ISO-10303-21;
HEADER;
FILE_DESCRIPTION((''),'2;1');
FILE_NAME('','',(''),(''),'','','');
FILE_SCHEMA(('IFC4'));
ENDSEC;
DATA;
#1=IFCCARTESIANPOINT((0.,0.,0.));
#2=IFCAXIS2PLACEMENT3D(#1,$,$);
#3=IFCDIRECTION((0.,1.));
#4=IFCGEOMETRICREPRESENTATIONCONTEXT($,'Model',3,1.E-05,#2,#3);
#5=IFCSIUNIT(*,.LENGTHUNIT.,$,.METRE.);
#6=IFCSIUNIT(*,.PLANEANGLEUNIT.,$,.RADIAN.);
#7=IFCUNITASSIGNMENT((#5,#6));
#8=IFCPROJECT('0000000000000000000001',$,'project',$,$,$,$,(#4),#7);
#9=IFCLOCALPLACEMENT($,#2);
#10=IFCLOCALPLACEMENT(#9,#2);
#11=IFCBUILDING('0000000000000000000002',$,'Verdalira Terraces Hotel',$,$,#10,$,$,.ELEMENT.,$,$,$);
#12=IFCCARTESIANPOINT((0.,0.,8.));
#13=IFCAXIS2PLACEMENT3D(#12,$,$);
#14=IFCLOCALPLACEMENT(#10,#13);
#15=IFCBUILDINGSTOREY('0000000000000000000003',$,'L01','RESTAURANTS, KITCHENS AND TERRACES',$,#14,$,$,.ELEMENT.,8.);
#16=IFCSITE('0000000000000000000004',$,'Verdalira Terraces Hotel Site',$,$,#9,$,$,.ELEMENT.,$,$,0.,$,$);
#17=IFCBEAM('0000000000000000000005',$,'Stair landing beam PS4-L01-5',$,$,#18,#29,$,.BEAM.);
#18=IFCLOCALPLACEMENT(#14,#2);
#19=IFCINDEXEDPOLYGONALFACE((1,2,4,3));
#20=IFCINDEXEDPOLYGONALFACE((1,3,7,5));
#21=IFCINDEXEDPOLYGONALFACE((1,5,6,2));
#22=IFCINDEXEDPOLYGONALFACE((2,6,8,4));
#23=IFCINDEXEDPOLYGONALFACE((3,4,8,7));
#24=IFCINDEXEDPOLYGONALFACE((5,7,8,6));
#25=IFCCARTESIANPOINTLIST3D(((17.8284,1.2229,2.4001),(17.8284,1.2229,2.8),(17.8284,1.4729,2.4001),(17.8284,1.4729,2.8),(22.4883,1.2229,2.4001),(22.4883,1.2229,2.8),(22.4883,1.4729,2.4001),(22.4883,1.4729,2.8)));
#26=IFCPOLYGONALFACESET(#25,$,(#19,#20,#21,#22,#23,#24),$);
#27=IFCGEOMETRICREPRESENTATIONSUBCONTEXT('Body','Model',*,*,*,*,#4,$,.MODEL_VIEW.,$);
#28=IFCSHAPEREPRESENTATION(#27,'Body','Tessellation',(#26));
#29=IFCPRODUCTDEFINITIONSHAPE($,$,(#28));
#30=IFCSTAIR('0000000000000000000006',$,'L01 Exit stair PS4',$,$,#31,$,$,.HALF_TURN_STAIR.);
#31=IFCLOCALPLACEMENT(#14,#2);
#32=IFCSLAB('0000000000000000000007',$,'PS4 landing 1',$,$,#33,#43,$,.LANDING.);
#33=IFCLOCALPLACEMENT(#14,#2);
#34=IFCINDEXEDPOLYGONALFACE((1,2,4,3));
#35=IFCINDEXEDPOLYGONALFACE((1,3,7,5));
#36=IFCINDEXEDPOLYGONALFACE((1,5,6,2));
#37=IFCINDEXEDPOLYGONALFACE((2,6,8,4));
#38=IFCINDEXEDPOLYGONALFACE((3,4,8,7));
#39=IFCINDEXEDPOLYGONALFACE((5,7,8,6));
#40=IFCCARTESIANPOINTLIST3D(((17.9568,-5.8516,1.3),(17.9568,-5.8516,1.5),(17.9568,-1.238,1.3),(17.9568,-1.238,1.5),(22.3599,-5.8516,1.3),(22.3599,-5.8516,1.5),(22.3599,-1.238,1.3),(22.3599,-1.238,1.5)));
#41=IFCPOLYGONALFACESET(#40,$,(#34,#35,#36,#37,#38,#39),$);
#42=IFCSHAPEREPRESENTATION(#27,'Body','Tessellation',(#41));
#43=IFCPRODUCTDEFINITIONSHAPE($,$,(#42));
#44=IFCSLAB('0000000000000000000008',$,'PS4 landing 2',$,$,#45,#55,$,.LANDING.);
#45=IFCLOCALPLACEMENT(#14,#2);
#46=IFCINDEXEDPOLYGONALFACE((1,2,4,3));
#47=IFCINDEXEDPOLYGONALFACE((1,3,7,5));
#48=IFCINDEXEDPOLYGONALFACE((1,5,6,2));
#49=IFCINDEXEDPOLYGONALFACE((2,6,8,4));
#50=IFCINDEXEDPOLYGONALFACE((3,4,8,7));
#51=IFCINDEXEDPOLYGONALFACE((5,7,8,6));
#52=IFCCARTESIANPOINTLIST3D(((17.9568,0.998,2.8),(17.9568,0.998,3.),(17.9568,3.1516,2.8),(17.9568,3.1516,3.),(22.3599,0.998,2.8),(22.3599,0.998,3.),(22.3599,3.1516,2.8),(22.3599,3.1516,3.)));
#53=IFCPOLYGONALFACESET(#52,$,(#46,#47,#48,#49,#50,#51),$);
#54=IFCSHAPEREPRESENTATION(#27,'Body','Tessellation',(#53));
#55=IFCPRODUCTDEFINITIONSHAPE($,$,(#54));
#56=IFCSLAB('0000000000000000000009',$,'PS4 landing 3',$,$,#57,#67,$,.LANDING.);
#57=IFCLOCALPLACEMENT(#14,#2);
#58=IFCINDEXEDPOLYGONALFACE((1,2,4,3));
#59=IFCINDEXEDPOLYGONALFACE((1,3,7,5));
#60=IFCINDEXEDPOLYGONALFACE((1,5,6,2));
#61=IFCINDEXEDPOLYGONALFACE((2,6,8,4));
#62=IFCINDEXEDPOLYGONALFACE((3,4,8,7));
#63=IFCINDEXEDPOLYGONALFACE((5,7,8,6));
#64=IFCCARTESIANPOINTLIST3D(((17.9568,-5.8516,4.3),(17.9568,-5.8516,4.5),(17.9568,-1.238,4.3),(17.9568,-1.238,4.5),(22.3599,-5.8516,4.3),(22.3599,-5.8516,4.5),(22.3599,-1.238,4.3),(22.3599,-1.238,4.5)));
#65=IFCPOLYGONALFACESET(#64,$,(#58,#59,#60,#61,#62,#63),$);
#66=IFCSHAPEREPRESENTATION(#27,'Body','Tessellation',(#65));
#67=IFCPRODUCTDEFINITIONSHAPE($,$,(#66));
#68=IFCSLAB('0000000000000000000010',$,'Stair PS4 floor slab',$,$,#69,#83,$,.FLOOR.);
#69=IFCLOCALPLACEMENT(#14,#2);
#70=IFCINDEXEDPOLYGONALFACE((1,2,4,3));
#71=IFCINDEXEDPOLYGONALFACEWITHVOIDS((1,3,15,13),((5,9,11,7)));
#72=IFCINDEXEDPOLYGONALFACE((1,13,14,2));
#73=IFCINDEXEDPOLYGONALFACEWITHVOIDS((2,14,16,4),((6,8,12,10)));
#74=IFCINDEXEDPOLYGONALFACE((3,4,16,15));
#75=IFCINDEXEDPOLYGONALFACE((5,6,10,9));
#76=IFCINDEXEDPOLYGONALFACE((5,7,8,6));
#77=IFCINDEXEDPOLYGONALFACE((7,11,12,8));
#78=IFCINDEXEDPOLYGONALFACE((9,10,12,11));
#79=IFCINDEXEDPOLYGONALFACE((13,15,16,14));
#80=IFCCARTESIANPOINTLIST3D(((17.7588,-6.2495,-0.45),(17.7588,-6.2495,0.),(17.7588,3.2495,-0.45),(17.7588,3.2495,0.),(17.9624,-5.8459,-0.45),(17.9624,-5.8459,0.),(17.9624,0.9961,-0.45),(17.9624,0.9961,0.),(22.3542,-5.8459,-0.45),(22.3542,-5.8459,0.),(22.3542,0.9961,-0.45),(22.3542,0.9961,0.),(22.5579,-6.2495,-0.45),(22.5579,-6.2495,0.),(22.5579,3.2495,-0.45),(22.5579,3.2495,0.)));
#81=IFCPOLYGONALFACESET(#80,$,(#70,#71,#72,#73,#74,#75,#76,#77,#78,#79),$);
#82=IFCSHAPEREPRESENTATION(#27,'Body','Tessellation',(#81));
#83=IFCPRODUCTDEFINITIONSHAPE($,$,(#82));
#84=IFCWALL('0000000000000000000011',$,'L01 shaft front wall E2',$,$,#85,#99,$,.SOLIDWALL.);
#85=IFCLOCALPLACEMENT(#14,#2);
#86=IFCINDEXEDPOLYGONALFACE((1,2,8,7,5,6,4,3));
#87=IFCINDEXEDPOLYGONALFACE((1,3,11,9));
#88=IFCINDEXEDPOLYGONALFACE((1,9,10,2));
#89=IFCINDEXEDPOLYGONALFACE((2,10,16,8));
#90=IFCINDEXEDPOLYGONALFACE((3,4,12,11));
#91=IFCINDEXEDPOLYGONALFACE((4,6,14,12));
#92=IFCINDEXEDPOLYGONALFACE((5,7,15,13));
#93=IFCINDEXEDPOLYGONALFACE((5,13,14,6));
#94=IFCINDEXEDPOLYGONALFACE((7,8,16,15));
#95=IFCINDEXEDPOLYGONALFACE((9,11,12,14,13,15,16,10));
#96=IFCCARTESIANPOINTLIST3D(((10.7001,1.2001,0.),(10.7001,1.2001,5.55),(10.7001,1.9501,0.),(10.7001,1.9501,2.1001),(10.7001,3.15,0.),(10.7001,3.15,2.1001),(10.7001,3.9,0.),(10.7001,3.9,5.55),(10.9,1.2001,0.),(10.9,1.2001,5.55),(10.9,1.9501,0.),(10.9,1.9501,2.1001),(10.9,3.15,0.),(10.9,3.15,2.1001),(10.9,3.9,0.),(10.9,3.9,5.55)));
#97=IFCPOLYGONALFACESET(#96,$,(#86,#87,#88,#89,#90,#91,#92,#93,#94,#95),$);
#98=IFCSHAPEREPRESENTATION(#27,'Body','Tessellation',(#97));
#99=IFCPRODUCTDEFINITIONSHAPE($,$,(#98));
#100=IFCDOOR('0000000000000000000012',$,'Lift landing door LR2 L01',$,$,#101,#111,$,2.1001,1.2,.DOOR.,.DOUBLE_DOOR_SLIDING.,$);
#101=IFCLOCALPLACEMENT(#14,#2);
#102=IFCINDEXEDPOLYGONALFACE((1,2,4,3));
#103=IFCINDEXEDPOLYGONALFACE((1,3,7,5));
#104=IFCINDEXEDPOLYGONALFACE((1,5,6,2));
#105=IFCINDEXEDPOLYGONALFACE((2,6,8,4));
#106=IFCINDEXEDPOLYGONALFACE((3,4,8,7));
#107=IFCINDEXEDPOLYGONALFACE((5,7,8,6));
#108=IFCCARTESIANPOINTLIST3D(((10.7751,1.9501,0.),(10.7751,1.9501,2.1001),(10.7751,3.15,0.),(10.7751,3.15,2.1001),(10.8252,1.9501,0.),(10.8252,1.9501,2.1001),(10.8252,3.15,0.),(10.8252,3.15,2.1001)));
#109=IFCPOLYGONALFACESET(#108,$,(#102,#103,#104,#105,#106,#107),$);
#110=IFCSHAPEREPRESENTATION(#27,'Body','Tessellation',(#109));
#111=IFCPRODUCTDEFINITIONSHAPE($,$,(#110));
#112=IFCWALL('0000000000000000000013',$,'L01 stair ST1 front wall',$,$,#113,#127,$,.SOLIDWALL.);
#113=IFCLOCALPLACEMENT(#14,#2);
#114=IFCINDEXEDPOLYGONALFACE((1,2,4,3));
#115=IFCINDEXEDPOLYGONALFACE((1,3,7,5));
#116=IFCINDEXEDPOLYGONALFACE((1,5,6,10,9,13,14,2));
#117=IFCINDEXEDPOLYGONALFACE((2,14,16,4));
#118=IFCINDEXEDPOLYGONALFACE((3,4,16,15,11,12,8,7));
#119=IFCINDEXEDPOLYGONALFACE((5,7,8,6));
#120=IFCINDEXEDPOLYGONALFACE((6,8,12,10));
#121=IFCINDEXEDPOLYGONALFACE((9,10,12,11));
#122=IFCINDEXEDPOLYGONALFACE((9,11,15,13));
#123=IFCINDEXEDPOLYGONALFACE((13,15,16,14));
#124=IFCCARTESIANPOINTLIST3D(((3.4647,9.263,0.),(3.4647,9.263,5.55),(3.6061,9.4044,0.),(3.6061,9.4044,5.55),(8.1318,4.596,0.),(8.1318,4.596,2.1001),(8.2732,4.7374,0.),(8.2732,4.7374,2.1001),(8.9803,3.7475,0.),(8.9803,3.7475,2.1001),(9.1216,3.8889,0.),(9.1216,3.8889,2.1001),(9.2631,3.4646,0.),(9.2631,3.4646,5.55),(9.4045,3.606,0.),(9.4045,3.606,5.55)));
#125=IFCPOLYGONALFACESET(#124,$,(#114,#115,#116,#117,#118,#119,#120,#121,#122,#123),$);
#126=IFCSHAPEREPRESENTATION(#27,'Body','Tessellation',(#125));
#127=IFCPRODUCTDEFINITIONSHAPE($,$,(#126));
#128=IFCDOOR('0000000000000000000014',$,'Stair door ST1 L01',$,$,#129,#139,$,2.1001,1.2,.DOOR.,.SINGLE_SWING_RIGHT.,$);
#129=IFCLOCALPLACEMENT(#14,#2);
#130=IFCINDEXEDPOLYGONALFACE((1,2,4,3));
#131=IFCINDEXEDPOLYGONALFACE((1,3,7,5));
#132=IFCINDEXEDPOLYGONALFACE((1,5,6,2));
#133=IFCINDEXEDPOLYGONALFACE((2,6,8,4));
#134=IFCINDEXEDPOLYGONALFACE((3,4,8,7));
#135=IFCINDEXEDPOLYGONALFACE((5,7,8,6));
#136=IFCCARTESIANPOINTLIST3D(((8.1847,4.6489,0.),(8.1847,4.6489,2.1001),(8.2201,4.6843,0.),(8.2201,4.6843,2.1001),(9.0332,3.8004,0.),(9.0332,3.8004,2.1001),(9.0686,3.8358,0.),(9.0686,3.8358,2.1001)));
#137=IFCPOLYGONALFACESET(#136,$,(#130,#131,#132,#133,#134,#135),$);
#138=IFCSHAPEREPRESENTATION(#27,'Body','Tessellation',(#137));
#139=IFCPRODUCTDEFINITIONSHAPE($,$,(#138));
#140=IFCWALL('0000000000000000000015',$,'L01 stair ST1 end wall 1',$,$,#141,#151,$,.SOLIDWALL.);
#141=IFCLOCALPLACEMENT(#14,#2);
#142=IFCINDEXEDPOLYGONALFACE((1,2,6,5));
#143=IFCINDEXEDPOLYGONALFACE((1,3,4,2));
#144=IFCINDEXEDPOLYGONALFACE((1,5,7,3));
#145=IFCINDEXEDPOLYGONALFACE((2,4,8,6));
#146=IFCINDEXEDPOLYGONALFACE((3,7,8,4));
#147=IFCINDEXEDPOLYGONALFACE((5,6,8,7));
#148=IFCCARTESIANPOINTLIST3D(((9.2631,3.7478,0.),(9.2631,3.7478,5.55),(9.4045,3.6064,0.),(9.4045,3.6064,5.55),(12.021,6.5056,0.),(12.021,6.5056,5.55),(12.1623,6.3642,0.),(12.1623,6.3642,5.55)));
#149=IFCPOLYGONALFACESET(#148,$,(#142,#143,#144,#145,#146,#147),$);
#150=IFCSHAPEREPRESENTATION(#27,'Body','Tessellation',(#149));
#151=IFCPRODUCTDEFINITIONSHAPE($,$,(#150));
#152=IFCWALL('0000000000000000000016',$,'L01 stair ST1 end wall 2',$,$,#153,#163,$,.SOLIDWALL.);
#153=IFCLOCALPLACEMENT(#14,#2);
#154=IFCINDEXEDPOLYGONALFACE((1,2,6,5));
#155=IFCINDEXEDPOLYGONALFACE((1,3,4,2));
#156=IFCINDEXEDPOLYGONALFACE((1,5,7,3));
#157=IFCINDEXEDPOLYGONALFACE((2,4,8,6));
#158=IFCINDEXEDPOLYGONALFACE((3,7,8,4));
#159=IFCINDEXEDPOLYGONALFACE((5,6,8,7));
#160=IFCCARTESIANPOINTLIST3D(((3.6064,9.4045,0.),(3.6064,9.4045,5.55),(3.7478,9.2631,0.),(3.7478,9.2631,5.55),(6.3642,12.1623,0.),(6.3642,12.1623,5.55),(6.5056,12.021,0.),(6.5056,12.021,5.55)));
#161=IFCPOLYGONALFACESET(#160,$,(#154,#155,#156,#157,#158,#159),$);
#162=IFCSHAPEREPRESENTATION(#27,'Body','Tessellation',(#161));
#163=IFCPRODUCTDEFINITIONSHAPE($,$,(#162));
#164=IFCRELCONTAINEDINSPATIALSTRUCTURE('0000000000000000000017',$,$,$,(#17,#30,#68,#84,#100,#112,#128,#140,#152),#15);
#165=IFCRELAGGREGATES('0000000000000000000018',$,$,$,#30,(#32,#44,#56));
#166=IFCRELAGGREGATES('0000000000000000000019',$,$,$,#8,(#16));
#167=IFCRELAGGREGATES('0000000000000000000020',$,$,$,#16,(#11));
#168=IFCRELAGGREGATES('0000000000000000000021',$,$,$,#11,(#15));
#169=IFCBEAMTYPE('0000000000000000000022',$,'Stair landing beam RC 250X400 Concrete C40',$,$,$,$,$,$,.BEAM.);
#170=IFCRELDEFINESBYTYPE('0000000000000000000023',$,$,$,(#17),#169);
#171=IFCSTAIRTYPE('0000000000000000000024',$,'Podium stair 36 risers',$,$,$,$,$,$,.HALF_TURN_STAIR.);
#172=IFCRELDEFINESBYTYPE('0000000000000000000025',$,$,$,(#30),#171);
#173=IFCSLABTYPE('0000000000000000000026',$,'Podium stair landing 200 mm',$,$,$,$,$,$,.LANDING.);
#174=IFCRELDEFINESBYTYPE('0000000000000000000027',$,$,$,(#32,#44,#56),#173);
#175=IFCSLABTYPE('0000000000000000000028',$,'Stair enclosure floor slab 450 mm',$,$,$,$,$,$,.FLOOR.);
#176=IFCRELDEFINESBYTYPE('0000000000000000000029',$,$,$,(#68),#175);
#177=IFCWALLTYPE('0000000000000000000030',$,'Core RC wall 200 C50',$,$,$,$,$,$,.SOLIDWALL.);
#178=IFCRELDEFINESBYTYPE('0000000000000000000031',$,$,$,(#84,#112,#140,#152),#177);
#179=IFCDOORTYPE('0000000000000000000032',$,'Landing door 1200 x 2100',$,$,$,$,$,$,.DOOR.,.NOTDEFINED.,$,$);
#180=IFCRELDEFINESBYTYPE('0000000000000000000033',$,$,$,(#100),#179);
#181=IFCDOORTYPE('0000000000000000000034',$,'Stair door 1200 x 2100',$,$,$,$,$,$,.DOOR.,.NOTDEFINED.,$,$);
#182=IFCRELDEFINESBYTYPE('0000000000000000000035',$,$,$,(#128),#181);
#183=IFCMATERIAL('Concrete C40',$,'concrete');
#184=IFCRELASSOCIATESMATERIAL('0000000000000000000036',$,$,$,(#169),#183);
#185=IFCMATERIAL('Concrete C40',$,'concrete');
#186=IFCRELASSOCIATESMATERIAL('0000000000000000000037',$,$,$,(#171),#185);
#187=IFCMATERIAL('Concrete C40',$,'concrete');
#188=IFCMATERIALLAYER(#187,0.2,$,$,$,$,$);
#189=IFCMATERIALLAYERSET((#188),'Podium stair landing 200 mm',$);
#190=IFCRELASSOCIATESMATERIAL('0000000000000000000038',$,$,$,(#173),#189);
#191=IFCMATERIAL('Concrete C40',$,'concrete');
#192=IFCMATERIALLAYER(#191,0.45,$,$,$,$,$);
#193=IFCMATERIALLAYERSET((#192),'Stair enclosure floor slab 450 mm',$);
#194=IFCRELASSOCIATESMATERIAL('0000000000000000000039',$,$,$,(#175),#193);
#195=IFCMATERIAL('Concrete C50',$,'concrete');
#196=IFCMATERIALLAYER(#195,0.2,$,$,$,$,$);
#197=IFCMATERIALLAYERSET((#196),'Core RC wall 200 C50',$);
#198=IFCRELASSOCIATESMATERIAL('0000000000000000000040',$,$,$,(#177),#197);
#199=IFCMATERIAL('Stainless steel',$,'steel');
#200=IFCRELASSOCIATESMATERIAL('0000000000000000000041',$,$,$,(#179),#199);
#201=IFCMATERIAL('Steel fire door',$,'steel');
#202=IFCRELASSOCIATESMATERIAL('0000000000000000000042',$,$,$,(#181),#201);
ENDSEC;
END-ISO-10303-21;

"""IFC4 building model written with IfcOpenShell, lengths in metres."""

from ifc_helpers import new_model, si_unit, direction, frame, frame_2d, origin, origin_2d, place, context, subcontext, project, spatial, polyline, rectangle, outline, extrude, material, layer, layer_set, material_profile, profile_set, type_object, element, fill, aggregate, save


model = new_model("IFC4")

# Units and contexts
model_context = context("Model", 3, precision=1e-05, world=origin(), true_north=direction((0.0, 1.0)))
body_context = subcontext(model_context, "Body", "Model", "MODEL_VIEW")
ifc_project = project(units=[si_unit("LENGTHUNIT", "METRE"), si_unit("PLANEANGLEUNIT", "RADIAN")], contexts=[model_context])

# Site, building, storey
site_placement = place(None, origin())
site = spatial("IfcSite", under=ifc_project, at=site_placement, Name="Verdalira Terraces Hotel Site", CompositionType="ELEMENT", RefElevation=0.0)
building_placement = place(site_placement, origin())
building = spatial("IfcBuilding", under=site, at=building_placement, Name="Verdalira Terraces Hotel", CompositionType="ELEMENT")
storey_placement = place(building_placement, frame((0.0, 0.0, 8.0)))
storey = spatial("IfcBuildingStorey", under=building, at=storey_placement, Name="L01", Description="RESTAURANTS, KITCHENS AND TERRACES", CompositionType="ELEMENT", Elevation=8.0)

# Beam
ifc_material_1 = material(Name="Concrete C40", Category="concrete")
ifc_material_profile = material_profile(ifc_material_1, rectangle(XDim=0.25, YDim=0.3999, at=origin_2d()), Name="RC 250X400")
ifc_profile_set = profile_set([ifc_material_profile], Name="Concrete C40")
beam_type = type_object("IfcBeamType", Name="Stair landing beam RC 250X400 Concrete C40", PredefinedType="BEAM", material=ifc_profile_set)
beam_placement = place(storey_placement, frame((17.8284, 1.3479, 2.6001), z_axis=(1.0, 0.0, 0.0), x_axis=(0.0, 1.0, 0.0)))
element("IfcBeam", 1, at=beam_placement, inside=storey, type_object=beam_type, Name="Stair landing beam PS4-L01-5", PredefinedType="BEAM", context=body_context, shape_type="SweptSolid", body=[
    extrude(rectangle(XDim=0.25, YDim=0.3999, at=origin_2d()), origin(), (0.0, 0.0, 1.0), 4.6599),
])

# Stair, slabs
ifc_material_2 = material(Name="Concrete C40", Category="concrete")
stair_type = type_object("IfcStairType", Name="Podium stair 36 risers", PredefinedType="HALF_TURN_STAIR", material=ifc_material_2)
stair_placement = place(storey_placement, origin())
stair = element("IfcStair", 2, at=stair_placement, inside=storey, type_object=stair_type, Name="L01 Exit stair PS4", PredefinedType="HALF_TURN_STAIR")
ifc_material_3 = material(Name="Concrete C40", Category="concrete")
ifc_layer_1 = layer(ifc_material_3, 0.2)
ifc_layer_set_1 = layer_set([ifc_layer_1], Name="Podium stair landing 200 mm")
slab_type_1 = type_object("IfcSlabType", Name="Podium stair landing 200 mm", PredefinedType="LANDING", material=ifc_layer_set_1)
slab_1_placement = place(storey_placement, frame((0.0, 0.0, 1.3)))
slab_1 = element("IfcSlab", 3, at=slab_1_placement, type_object=slab_type_1, Name="PS4 landing 1", PredefinedType="LANDING", context=body_context, shape_type="SweptSolid", body=[
    extrude(outline(polyline([(22.3599, -5.8516), (22.3599, -1.238), (17.9568, -1.238), (17.9568, -5.8516), (22.3599, -5.8516)])), origin(), (0.0, 0.0, 1.0), 0.2),
])
slab_2_placement = place(storey_placement, frame((0.0, 0.0, 2.8)))
slab_2 = element("IfcSlab", 4, at=slab_2_placement, type_object=slab_type_1, Name="PS4 landing 2", PredefinedType="LANDING", context=body_context, shape_type="SweptSolid", body=[
    extrude(outline(polyline([(22.3599, 3.1516), (17.9568, 3.1516), (17.9568, 0.998), (22.3599, 0.998), (22.3599, 3.1516)])), origin(), (0.0, 0.0, 1.0), 0.2),
])
slab_3_placement = place(storey_placement, frame((0.0, 0.0, 4.3)))
slab_3 = element("IfcSlab", 5, at=slab_3_placement, type_object=slab_type_1, Name="PS4 landing 3", PredefinedType="LANDING", context=body_context, shape_type="SweptSolid", body=[
    extrude(outline(polyline([(22.3599, -5.8516), (22.3599, -1.238), (17.9568, -1.238), (17.9568, -5.8516), (22.3599, -5.8516)])), origin(), (0.0, 0.0, 1.0), 0.2),
])
aggregate(stair, [slab_1, slab_2, slab_3])

# Slab
ifc_material_4 = material(Name="Concrete C40", Category="concrete")
ifc_layer_2 = layer(ifc_material_4, 0.45)
ifc_layer_set_2 = layer_set([ifc_layer_2], Name="Stair enclosure floor slab 450 mm")
slab_type_2 = type_object("IfcSlabType", Name="Stair enclosure floor slab 450 mm", PredefinedType="FLOOR", material=ifc_layer_set_2)
slab_4_placement = place(storey_placement, frame((0.0, 0.0, -0.45)))
element("IfcSlab", 6, at=slab_4_placement, inside=storey, type_object=slab_type_2, Name="Stair PS4 floor slab", PredefinedType="FLOOR", context=body_context, shape_type="SweptSolid", body=[
    extrude(outline(polyline([(17.7588, 3.2495), (22.5579, 3.2495), (22.5579, -6.2495), (17.7588, -6.2495), (17.7588, 3.2495)]), holes=[polyline([(22.3542, 0.9961), (17.9624, 0.9961), (17.9624, -5.8459), (22.3542, -5.8459), (22.3542, 0.9961)])]), origin(), (0.0, 0.0, 1.0), 0.45),
])

# Walls, openings, doors
ifc_material_5 = material(Name="Concrete C50", Category="concrete")
ifc_layer_3 = layer(ifc_material_5, 0.2)
ifc_layer_set_3 = layer_set([ifc_layer_3], Name="Core RC wall 200 C50")
wall_type_1 = type_object("IfcWallType", Name="Core RC wall 200 C50", PredefinedType="SOLIDWALL", material=ifc_layer_set_3)
wall_1_placement = place(storey_placement, frame((10.8, 1.2, 0.0), z_axis=(0.0, 0.0, 1.0), x_axis=(0.0, 1.0, 0.0)))
wall_1 = element("IfcWall", 7, at=wall_1_placement, inside=storey, type_object=wall_type_1, Name="L01 shaft front wall E2", PredefinedType="SOLIDWALL", context=body_context, shape_type="SweptSolid", body=[
    extrude(rectangle(XDim=2.7, YDim=0.2, at=frame_2d((1.3501, 0.0))), origin(), (0.0, 0.0, 1.0), 5.55),
])
opening_1_placement = place(wall_1_placement, frame((0.75, 0.0, 0.0)))
opening_1 = element("IfcOpeningElement", 8, at=opening_1_placement, cuts=wall_1, PredefinedType="OPENING", context=body_context, shape_type="SweptSolid", body=[
    extrude(rectangle(XDim=1.2, YDim=2.1001, at=frame_2d((0.6001, 1.05))), frame((0.0, 0.1099, 0.0), z_axis=(0.0, -1.0, 0.0), x_axis=(1.0, 0.0, 0.0)), (0.0, 0.0, 1.0), 0.22),
])
ifc_material_6 = material(Name="Stainless steel", Category="steel")
door_type_1 = type_object("IfcDoorType", Name="Landing door 1200 x 2100", OperationType="NOTDEFINED", PredefinedType="DOOR", material=ifc_material_6)
door_1_placement = place(opening_1_placement, origin())
door_1 = element("IfcDoor", 9, at=door_1_placement, inside=storey, type_object=door_type_1, Name="Lift landing door LR2 L01", OperationType="DOUBLE_DOOR_SLIDING", OverallHeight=2.1001, OverallWidth=1.2, PredefinedType="DOOR", context=body_context, shape_type="SweptSolid", body=[
    extrude(rectangle(XDim=1.2, YDim=2.1001, at=frame_2d((0.6001, 1.05))), frame((0.0, 0.0249, 0.0), z_axis=(0.0, -1.0, 0.0), x_axis=(1.0, 0.0, 0.0)), (0.0, 0.0, 1.0), 0.05),
])
fill(opening_1, door_1)
wall_2_placement = place(storey_placement, frame((3.5354, 9.3337, 0.0), z_axis=(0.0, 0.0, 1.0), x_axis=(0.707107, -0.707107, 0.0)))
wall_2 = element("IfcWall", 10, at=wall_2_placement, inside=storey, type_object=wall_type_1, Name="L01 stair ST1 front wall", PredefinedType="SOLIDWALL", context=body_context, shape_type="SweptSolid", body=[
    extrude(rectangle(XDim=8.2002, YDim=0.2, at=frame_2d((4.1001, 0.0))), origin(), (0.0, 0.0, 1.0), 5.55),
])
opening_2_placement = place(wall_2_placement, frame((6.6001, 0.0, 0.0)))
opening_2 = element("IfcOpeningElement", 11, at=opening_2_placement, cuts=wall_2, PredefinedType="OPENING", context=body_context, shape_type="SweptSolid", body=[
    extrude(rectangle(XDim=1.2, YDim=2.1001, at=frame_2d((0.6001, 1.05))), frame((0.0, 0.1099, 0.0), z_axis=(0.0, -1.0, 0.0), x_axis=(1.0, 0.0, 0.0)), (0.0, 0.0, 1.0), 0.22),
])
ifc_material_7 = material(Name="Steel fire door", Category="steel")
door_type_2 = type_object("IfcDoorType", Name="Stair door 1200 x 2100", OperationType="NOTDEFINED", PredefinedType="DOOR", material=ifc_material_7)
door_2_placement = place(opening_2_placement, origin())
door_2 = element("IfcDoor", 12, at=door_2_placement, inside=storey, type_object=door_type_2, Name="Stair door ST1 L01", OperationType="SINGLE_SWING_RIGHT", OverallHeight=2.1001, OverallWidth=1.2, PredefinedType="DOOR", context=body_context, shape_type="SweptSolid", body=[
    extrude(rectangle(XDim=1.2, YDim=2.1001, at=frame_2d((0.6001, 1.05))), frame((0.0, 0.0249, 0.0), z_axis=(0.0, -1.0, 0.0), x_axis=(1.0, 0.0, 0.0)), (0.0, 0.0, 1.0), 0.05),
])
fill(opening_2, door_2)

# Walls
for number, where, z_axis, x_axis, name in (
    (13, (9.3337, 3.677, 0.0), (0.0, 0.0, 1.0), (0.707107, 0.707107, 0.0), "L01 stair ST1 end wall 1"),
    (14, (3.677, 9.3337, 0.0), (0.0, 0.0, 1.0), (0.707107, 0.707107, 0.0), "L01 stair ST1 end wall 2"),
):
    element("IfcWall", number, at=place(storey_placement, frame(where, z_axis=z_axis, x_axis=x_axis)), inside=storey, type_object=wall_type_1, Name=name, PredefinedType="SOLIDWALL", context=body_context, shape_type="SweptSolid", body=[
        extrude(rectangle(XDim=3.9001, YDim=0.2, at=frame_2d((1.9502, 0.0))), origin(), (0.0, 0.0, 1.0), 5.55),
    ])

save(model, "model.ifc")
